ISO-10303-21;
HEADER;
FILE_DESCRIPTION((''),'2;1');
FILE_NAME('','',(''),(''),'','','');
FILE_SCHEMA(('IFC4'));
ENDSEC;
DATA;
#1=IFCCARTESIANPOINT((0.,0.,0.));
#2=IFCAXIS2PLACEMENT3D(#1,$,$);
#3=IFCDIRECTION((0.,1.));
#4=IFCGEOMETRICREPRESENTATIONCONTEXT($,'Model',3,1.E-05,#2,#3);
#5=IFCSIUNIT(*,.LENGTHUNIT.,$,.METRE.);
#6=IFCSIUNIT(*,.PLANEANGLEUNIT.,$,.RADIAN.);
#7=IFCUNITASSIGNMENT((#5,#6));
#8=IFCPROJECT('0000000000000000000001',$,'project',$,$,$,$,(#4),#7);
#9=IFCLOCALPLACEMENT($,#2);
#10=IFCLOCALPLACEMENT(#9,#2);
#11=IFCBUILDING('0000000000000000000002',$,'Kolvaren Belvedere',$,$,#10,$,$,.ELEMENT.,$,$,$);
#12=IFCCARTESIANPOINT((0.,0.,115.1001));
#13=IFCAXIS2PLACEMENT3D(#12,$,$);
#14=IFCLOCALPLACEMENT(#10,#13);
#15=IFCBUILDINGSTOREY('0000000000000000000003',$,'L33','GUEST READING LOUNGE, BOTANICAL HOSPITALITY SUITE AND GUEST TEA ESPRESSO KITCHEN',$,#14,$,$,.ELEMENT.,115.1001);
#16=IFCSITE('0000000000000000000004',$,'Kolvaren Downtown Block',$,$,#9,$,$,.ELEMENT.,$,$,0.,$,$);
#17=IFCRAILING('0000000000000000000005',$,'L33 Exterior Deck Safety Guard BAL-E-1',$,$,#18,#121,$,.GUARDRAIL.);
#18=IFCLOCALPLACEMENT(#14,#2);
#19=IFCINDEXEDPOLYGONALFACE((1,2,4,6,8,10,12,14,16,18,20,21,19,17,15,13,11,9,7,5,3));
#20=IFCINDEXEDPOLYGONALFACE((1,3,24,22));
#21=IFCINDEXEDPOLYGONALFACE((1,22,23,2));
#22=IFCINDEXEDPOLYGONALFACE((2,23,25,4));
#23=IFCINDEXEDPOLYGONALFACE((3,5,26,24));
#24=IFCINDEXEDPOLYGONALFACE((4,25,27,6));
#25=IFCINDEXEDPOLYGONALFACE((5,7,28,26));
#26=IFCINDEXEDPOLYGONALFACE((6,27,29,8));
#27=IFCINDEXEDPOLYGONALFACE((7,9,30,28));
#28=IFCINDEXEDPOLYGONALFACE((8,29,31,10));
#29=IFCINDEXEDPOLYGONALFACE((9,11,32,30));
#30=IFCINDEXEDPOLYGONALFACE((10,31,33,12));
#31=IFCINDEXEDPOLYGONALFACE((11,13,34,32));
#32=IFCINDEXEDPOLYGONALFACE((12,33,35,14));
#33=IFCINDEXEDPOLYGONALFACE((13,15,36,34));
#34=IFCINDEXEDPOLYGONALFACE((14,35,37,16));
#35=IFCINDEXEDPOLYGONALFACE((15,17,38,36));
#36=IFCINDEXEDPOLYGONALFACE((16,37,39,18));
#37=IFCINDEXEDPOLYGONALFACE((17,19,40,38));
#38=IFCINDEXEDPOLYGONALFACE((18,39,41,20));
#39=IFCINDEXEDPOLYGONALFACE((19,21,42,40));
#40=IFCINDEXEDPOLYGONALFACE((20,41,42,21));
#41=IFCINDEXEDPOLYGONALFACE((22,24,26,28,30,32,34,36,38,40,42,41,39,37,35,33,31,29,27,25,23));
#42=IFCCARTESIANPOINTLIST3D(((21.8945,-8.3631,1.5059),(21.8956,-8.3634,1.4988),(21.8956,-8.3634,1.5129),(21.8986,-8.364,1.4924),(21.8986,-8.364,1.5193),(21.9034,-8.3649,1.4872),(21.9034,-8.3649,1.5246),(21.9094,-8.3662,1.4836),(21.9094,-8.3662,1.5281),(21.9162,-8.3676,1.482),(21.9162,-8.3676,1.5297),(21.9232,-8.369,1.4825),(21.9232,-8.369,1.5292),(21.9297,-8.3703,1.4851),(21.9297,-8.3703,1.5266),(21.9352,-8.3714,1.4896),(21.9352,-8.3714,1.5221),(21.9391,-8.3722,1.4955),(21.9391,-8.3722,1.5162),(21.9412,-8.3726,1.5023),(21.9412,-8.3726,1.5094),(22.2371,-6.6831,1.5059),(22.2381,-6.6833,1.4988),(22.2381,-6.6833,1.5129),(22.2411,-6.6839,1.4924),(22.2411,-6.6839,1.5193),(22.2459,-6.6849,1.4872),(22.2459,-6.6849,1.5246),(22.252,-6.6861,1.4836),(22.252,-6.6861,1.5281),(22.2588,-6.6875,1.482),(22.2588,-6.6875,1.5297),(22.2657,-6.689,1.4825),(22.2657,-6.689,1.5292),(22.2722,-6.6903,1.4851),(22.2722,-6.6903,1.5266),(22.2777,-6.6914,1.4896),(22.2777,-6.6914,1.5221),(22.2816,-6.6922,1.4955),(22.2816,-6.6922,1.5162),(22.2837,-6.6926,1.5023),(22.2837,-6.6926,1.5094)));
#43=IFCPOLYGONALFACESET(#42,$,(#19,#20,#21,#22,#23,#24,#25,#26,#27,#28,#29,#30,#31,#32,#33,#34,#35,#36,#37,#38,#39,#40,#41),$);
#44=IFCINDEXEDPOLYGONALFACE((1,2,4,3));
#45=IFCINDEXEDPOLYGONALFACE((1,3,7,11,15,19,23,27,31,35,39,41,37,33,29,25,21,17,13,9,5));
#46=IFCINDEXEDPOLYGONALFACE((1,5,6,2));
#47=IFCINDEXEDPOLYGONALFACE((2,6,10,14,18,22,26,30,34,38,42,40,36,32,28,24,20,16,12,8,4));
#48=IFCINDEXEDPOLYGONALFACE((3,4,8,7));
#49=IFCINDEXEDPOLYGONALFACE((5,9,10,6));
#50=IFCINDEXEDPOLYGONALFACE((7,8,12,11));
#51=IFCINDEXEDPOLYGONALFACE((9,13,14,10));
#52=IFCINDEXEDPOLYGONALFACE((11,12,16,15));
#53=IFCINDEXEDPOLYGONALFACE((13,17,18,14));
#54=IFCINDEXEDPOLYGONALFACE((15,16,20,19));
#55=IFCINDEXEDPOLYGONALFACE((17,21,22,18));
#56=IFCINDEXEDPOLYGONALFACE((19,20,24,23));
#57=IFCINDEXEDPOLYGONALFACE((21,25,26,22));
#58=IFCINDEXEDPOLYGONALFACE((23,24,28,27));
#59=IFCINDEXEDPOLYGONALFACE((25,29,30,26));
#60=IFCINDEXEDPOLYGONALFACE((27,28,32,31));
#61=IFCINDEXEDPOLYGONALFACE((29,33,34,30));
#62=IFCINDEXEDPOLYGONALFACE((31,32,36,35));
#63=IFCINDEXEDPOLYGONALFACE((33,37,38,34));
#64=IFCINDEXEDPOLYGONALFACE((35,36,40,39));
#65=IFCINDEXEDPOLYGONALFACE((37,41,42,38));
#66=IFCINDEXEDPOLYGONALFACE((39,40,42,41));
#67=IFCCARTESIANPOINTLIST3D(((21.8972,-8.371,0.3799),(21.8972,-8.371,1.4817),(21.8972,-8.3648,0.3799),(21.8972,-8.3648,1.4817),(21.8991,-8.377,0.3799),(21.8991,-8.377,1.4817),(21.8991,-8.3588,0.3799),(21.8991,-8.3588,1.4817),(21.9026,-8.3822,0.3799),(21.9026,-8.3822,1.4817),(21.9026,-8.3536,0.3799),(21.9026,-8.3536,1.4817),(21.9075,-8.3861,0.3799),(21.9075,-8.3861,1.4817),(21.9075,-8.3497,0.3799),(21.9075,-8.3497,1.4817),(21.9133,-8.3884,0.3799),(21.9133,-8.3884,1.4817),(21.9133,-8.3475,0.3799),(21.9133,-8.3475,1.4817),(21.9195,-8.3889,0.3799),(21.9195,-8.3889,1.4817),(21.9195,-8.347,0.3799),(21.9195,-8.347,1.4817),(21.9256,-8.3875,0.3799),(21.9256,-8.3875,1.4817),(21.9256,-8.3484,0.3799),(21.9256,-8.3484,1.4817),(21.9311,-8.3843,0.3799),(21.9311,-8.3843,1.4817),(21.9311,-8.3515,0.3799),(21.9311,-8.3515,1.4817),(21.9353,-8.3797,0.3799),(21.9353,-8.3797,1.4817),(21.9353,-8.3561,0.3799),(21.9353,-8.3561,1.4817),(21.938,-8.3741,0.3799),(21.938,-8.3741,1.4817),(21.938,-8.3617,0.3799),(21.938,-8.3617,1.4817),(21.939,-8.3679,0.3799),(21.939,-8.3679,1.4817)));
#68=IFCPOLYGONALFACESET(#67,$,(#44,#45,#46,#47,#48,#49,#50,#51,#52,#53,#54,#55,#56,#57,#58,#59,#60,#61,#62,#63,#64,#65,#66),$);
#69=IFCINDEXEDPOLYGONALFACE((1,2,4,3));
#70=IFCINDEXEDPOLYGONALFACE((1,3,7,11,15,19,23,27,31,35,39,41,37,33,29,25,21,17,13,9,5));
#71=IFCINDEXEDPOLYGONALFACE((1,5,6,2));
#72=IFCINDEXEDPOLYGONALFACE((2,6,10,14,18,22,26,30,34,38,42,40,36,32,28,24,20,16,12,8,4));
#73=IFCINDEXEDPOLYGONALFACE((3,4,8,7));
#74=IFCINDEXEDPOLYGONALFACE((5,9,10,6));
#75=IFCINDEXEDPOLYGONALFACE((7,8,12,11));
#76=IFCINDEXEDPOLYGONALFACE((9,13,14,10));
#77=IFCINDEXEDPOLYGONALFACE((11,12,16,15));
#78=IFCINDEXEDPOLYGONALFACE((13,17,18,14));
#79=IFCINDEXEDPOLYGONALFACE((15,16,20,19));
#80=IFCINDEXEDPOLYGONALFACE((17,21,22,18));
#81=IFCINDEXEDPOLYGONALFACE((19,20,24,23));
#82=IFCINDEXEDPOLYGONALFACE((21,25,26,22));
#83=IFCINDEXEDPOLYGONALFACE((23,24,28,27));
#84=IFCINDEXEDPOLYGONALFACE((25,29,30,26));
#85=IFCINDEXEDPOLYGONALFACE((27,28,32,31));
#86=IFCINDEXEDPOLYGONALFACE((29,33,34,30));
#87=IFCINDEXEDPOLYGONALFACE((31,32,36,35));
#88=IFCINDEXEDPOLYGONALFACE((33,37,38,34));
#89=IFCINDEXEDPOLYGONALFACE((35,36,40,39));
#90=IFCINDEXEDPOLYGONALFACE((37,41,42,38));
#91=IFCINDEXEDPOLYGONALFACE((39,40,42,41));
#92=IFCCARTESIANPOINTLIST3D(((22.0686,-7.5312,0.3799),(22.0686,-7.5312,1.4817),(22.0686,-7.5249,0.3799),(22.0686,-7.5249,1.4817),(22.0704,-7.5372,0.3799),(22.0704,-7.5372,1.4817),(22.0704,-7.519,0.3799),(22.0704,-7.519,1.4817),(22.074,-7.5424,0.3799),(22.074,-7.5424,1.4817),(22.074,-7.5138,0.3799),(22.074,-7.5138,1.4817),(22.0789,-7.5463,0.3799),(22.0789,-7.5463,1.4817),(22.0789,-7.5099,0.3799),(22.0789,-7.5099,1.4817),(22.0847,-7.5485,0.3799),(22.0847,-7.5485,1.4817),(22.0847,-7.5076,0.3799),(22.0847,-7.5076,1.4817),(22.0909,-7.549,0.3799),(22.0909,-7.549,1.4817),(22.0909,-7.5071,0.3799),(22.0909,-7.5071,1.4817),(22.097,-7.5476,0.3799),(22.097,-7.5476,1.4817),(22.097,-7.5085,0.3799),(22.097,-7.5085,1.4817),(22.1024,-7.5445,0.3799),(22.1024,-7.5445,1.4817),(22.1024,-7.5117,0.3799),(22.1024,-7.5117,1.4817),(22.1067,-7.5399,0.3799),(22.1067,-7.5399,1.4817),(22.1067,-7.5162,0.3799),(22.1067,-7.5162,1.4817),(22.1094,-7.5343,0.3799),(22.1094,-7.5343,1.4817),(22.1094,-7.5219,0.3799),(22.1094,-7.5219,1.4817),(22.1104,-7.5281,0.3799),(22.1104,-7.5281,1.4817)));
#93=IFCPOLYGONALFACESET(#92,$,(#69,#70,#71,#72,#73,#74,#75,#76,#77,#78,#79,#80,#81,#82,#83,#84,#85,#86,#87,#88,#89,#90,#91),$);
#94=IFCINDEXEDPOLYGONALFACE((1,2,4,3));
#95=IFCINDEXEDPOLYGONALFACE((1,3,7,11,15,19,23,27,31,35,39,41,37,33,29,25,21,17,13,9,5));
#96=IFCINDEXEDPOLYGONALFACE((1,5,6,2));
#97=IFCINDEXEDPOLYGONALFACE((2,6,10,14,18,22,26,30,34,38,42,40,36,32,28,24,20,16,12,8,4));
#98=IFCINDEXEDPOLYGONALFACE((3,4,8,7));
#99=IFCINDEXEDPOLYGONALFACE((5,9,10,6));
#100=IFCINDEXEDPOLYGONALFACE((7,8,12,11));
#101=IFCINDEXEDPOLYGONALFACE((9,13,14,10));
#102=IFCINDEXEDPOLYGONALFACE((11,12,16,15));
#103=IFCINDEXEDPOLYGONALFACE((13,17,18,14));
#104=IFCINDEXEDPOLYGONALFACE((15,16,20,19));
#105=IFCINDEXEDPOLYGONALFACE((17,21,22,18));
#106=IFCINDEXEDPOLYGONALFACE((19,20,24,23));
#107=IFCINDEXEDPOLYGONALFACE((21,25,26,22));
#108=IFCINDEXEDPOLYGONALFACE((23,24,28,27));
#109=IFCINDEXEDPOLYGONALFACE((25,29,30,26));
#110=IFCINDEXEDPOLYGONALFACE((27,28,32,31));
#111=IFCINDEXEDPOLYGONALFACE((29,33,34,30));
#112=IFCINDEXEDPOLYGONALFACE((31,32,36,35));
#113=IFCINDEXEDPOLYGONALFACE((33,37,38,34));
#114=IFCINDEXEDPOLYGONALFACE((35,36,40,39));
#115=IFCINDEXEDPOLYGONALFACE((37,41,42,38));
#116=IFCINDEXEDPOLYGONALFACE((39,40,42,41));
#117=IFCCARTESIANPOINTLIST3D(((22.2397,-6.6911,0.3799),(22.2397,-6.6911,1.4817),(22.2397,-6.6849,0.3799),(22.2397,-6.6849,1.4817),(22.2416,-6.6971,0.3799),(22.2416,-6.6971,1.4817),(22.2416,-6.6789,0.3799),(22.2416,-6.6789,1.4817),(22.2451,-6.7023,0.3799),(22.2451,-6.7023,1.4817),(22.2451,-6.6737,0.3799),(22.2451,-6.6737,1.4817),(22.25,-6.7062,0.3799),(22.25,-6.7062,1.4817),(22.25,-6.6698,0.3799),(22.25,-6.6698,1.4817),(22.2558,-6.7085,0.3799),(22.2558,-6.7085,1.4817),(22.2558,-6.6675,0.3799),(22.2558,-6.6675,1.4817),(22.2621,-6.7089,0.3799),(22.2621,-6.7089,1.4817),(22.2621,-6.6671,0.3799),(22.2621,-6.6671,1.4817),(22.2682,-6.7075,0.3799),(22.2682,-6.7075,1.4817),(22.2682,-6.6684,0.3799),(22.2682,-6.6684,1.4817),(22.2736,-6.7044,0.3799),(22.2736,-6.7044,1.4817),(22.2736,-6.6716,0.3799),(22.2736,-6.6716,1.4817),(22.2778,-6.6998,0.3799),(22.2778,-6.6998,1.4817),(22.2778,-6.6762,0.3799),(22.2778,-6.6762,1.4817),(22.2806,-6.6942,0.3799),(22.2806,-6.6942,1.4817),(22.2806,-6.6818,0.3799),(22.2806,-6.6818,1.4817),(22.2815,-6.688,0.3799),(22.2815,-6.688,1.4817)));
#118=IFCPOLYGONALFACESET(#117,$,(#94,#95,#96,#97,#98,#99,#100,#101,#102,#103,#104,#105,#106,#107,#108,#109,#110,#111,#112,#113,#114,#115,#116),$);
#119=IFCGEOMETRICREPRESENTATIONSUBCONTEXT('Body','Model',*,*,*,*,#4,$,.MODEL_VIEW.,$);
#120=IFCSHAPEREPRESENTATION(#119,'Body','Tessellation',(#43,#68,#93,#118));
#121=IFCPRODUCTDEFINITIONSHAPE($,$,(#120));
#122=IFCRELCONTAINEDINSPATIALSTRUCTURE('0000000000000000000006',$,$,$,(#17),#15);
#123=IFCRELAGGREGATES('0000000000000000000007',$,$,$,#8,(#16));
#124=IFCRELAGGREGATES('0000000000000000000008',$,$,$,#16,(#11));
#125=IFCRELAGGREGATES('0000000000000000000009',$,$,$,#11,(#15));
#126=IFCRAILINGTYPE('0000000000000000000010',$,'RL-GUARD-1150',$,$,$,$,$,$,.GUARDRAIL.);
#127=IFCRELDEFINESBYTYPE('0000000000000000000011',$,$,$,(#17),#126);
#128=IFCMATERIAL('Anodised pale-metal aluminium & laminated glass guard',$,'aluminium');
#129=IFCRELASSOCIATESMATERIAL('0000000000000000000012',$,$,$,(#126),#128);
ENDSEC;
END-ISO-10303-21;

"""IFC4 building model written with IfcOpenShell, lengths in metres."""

from ifc_helpers import new_model, si_unit, direction, frame, origin, origin_2d, place, context, subcontext, project, spatial, circle, extrude, material, type_object, element, save


model = new_model("IFC4")

# Units and contexts
model_context = context("Model", 3, precision=1e-05, world=origin(), true_north=direction((0.0, 1.0)))
body_context = subcontext(model_context, "Body", "Model", "MODEL_VIEW")
ifc_project = project(units=[si_unit("LENGTHUNIT", "METRE"), si_unit("PLANEANGLEUNIT", "RADIAN")], contexts=[model_context])

# Site, building, storey
site_placement = place(None, origin())
site = spatial("IfcSite", under=ifc_project, at=site_placement, Name="Kolvaren Downtown Block", CompositionType="ELEMENT", RefElevation=0.0)
building_placement = place(site_placement, origin())
building = spatial("IfcBuilding", under=site, at=building_placement, Name="Kolvaren Belvedere", CompositionType="ELEMENT")
storey_placement = place(building_placement, frame((0.0, 0.0, 115.1001)))
storey = spatial("IfcBuildingStorey", under=building, at=storey_placement, Name="L33", Description="GUEST READING LOUNGE, BOTANICAL HOSPITALITY SUITE AND GUEST TEA ESPRESSO KITCHEN", CompositionType="ELEMENT", Elevation=115.1001)

# Railing
ifc_material_1 = material(Name="Anodised pale-metal aluminium & laminated glass guard", Category="aluminium")
railing_type = type_object("IfcRailingType", Name="RL-GUARD-1150", PredefinedType="GUARDRAIL", material=ifc_material_1)
railing_1_placement = place(storey_placement, frame((21.918, -8.3679, 0.3799)))
element("IfcRailing", 1, at=railing_1_placement, inside=storey, type_object=railing_type, Name="L33 Exterior Deck Safety Guard BAL-E-1", PredefinedType="GUARDRAIL", context=body_context, shape_type="SweptSolid", body=[
    extrude(circle(Radius=0.0239, at=origin_2d()), frame((0.0, 0.0, 1.126), z_axis=(0.199784, 0.97984, 0.0), x_axis=(-0.97984, 0.199784, 0.0)), (0.0, 0.0, 1.0), 1.7146),
    extrude(circle(Radius=0.021, at=origin_2d()), origin(), (0.0, 0.0, 1.0), 1.1018),
    extrude(circle(Radius=0.021, at=origin_2d()), frame((0.1714, 0.8398, 0.0)), (0.0, 0.0, 1.0), 1.1018),
    extrude(circle(Radius=0.021, at=origin_2d()), frame((0.3425, 1.6799, 0.0)), (0.0, 0.0, 1.0), 1.1018),
])

save(model, "model.ifc")
